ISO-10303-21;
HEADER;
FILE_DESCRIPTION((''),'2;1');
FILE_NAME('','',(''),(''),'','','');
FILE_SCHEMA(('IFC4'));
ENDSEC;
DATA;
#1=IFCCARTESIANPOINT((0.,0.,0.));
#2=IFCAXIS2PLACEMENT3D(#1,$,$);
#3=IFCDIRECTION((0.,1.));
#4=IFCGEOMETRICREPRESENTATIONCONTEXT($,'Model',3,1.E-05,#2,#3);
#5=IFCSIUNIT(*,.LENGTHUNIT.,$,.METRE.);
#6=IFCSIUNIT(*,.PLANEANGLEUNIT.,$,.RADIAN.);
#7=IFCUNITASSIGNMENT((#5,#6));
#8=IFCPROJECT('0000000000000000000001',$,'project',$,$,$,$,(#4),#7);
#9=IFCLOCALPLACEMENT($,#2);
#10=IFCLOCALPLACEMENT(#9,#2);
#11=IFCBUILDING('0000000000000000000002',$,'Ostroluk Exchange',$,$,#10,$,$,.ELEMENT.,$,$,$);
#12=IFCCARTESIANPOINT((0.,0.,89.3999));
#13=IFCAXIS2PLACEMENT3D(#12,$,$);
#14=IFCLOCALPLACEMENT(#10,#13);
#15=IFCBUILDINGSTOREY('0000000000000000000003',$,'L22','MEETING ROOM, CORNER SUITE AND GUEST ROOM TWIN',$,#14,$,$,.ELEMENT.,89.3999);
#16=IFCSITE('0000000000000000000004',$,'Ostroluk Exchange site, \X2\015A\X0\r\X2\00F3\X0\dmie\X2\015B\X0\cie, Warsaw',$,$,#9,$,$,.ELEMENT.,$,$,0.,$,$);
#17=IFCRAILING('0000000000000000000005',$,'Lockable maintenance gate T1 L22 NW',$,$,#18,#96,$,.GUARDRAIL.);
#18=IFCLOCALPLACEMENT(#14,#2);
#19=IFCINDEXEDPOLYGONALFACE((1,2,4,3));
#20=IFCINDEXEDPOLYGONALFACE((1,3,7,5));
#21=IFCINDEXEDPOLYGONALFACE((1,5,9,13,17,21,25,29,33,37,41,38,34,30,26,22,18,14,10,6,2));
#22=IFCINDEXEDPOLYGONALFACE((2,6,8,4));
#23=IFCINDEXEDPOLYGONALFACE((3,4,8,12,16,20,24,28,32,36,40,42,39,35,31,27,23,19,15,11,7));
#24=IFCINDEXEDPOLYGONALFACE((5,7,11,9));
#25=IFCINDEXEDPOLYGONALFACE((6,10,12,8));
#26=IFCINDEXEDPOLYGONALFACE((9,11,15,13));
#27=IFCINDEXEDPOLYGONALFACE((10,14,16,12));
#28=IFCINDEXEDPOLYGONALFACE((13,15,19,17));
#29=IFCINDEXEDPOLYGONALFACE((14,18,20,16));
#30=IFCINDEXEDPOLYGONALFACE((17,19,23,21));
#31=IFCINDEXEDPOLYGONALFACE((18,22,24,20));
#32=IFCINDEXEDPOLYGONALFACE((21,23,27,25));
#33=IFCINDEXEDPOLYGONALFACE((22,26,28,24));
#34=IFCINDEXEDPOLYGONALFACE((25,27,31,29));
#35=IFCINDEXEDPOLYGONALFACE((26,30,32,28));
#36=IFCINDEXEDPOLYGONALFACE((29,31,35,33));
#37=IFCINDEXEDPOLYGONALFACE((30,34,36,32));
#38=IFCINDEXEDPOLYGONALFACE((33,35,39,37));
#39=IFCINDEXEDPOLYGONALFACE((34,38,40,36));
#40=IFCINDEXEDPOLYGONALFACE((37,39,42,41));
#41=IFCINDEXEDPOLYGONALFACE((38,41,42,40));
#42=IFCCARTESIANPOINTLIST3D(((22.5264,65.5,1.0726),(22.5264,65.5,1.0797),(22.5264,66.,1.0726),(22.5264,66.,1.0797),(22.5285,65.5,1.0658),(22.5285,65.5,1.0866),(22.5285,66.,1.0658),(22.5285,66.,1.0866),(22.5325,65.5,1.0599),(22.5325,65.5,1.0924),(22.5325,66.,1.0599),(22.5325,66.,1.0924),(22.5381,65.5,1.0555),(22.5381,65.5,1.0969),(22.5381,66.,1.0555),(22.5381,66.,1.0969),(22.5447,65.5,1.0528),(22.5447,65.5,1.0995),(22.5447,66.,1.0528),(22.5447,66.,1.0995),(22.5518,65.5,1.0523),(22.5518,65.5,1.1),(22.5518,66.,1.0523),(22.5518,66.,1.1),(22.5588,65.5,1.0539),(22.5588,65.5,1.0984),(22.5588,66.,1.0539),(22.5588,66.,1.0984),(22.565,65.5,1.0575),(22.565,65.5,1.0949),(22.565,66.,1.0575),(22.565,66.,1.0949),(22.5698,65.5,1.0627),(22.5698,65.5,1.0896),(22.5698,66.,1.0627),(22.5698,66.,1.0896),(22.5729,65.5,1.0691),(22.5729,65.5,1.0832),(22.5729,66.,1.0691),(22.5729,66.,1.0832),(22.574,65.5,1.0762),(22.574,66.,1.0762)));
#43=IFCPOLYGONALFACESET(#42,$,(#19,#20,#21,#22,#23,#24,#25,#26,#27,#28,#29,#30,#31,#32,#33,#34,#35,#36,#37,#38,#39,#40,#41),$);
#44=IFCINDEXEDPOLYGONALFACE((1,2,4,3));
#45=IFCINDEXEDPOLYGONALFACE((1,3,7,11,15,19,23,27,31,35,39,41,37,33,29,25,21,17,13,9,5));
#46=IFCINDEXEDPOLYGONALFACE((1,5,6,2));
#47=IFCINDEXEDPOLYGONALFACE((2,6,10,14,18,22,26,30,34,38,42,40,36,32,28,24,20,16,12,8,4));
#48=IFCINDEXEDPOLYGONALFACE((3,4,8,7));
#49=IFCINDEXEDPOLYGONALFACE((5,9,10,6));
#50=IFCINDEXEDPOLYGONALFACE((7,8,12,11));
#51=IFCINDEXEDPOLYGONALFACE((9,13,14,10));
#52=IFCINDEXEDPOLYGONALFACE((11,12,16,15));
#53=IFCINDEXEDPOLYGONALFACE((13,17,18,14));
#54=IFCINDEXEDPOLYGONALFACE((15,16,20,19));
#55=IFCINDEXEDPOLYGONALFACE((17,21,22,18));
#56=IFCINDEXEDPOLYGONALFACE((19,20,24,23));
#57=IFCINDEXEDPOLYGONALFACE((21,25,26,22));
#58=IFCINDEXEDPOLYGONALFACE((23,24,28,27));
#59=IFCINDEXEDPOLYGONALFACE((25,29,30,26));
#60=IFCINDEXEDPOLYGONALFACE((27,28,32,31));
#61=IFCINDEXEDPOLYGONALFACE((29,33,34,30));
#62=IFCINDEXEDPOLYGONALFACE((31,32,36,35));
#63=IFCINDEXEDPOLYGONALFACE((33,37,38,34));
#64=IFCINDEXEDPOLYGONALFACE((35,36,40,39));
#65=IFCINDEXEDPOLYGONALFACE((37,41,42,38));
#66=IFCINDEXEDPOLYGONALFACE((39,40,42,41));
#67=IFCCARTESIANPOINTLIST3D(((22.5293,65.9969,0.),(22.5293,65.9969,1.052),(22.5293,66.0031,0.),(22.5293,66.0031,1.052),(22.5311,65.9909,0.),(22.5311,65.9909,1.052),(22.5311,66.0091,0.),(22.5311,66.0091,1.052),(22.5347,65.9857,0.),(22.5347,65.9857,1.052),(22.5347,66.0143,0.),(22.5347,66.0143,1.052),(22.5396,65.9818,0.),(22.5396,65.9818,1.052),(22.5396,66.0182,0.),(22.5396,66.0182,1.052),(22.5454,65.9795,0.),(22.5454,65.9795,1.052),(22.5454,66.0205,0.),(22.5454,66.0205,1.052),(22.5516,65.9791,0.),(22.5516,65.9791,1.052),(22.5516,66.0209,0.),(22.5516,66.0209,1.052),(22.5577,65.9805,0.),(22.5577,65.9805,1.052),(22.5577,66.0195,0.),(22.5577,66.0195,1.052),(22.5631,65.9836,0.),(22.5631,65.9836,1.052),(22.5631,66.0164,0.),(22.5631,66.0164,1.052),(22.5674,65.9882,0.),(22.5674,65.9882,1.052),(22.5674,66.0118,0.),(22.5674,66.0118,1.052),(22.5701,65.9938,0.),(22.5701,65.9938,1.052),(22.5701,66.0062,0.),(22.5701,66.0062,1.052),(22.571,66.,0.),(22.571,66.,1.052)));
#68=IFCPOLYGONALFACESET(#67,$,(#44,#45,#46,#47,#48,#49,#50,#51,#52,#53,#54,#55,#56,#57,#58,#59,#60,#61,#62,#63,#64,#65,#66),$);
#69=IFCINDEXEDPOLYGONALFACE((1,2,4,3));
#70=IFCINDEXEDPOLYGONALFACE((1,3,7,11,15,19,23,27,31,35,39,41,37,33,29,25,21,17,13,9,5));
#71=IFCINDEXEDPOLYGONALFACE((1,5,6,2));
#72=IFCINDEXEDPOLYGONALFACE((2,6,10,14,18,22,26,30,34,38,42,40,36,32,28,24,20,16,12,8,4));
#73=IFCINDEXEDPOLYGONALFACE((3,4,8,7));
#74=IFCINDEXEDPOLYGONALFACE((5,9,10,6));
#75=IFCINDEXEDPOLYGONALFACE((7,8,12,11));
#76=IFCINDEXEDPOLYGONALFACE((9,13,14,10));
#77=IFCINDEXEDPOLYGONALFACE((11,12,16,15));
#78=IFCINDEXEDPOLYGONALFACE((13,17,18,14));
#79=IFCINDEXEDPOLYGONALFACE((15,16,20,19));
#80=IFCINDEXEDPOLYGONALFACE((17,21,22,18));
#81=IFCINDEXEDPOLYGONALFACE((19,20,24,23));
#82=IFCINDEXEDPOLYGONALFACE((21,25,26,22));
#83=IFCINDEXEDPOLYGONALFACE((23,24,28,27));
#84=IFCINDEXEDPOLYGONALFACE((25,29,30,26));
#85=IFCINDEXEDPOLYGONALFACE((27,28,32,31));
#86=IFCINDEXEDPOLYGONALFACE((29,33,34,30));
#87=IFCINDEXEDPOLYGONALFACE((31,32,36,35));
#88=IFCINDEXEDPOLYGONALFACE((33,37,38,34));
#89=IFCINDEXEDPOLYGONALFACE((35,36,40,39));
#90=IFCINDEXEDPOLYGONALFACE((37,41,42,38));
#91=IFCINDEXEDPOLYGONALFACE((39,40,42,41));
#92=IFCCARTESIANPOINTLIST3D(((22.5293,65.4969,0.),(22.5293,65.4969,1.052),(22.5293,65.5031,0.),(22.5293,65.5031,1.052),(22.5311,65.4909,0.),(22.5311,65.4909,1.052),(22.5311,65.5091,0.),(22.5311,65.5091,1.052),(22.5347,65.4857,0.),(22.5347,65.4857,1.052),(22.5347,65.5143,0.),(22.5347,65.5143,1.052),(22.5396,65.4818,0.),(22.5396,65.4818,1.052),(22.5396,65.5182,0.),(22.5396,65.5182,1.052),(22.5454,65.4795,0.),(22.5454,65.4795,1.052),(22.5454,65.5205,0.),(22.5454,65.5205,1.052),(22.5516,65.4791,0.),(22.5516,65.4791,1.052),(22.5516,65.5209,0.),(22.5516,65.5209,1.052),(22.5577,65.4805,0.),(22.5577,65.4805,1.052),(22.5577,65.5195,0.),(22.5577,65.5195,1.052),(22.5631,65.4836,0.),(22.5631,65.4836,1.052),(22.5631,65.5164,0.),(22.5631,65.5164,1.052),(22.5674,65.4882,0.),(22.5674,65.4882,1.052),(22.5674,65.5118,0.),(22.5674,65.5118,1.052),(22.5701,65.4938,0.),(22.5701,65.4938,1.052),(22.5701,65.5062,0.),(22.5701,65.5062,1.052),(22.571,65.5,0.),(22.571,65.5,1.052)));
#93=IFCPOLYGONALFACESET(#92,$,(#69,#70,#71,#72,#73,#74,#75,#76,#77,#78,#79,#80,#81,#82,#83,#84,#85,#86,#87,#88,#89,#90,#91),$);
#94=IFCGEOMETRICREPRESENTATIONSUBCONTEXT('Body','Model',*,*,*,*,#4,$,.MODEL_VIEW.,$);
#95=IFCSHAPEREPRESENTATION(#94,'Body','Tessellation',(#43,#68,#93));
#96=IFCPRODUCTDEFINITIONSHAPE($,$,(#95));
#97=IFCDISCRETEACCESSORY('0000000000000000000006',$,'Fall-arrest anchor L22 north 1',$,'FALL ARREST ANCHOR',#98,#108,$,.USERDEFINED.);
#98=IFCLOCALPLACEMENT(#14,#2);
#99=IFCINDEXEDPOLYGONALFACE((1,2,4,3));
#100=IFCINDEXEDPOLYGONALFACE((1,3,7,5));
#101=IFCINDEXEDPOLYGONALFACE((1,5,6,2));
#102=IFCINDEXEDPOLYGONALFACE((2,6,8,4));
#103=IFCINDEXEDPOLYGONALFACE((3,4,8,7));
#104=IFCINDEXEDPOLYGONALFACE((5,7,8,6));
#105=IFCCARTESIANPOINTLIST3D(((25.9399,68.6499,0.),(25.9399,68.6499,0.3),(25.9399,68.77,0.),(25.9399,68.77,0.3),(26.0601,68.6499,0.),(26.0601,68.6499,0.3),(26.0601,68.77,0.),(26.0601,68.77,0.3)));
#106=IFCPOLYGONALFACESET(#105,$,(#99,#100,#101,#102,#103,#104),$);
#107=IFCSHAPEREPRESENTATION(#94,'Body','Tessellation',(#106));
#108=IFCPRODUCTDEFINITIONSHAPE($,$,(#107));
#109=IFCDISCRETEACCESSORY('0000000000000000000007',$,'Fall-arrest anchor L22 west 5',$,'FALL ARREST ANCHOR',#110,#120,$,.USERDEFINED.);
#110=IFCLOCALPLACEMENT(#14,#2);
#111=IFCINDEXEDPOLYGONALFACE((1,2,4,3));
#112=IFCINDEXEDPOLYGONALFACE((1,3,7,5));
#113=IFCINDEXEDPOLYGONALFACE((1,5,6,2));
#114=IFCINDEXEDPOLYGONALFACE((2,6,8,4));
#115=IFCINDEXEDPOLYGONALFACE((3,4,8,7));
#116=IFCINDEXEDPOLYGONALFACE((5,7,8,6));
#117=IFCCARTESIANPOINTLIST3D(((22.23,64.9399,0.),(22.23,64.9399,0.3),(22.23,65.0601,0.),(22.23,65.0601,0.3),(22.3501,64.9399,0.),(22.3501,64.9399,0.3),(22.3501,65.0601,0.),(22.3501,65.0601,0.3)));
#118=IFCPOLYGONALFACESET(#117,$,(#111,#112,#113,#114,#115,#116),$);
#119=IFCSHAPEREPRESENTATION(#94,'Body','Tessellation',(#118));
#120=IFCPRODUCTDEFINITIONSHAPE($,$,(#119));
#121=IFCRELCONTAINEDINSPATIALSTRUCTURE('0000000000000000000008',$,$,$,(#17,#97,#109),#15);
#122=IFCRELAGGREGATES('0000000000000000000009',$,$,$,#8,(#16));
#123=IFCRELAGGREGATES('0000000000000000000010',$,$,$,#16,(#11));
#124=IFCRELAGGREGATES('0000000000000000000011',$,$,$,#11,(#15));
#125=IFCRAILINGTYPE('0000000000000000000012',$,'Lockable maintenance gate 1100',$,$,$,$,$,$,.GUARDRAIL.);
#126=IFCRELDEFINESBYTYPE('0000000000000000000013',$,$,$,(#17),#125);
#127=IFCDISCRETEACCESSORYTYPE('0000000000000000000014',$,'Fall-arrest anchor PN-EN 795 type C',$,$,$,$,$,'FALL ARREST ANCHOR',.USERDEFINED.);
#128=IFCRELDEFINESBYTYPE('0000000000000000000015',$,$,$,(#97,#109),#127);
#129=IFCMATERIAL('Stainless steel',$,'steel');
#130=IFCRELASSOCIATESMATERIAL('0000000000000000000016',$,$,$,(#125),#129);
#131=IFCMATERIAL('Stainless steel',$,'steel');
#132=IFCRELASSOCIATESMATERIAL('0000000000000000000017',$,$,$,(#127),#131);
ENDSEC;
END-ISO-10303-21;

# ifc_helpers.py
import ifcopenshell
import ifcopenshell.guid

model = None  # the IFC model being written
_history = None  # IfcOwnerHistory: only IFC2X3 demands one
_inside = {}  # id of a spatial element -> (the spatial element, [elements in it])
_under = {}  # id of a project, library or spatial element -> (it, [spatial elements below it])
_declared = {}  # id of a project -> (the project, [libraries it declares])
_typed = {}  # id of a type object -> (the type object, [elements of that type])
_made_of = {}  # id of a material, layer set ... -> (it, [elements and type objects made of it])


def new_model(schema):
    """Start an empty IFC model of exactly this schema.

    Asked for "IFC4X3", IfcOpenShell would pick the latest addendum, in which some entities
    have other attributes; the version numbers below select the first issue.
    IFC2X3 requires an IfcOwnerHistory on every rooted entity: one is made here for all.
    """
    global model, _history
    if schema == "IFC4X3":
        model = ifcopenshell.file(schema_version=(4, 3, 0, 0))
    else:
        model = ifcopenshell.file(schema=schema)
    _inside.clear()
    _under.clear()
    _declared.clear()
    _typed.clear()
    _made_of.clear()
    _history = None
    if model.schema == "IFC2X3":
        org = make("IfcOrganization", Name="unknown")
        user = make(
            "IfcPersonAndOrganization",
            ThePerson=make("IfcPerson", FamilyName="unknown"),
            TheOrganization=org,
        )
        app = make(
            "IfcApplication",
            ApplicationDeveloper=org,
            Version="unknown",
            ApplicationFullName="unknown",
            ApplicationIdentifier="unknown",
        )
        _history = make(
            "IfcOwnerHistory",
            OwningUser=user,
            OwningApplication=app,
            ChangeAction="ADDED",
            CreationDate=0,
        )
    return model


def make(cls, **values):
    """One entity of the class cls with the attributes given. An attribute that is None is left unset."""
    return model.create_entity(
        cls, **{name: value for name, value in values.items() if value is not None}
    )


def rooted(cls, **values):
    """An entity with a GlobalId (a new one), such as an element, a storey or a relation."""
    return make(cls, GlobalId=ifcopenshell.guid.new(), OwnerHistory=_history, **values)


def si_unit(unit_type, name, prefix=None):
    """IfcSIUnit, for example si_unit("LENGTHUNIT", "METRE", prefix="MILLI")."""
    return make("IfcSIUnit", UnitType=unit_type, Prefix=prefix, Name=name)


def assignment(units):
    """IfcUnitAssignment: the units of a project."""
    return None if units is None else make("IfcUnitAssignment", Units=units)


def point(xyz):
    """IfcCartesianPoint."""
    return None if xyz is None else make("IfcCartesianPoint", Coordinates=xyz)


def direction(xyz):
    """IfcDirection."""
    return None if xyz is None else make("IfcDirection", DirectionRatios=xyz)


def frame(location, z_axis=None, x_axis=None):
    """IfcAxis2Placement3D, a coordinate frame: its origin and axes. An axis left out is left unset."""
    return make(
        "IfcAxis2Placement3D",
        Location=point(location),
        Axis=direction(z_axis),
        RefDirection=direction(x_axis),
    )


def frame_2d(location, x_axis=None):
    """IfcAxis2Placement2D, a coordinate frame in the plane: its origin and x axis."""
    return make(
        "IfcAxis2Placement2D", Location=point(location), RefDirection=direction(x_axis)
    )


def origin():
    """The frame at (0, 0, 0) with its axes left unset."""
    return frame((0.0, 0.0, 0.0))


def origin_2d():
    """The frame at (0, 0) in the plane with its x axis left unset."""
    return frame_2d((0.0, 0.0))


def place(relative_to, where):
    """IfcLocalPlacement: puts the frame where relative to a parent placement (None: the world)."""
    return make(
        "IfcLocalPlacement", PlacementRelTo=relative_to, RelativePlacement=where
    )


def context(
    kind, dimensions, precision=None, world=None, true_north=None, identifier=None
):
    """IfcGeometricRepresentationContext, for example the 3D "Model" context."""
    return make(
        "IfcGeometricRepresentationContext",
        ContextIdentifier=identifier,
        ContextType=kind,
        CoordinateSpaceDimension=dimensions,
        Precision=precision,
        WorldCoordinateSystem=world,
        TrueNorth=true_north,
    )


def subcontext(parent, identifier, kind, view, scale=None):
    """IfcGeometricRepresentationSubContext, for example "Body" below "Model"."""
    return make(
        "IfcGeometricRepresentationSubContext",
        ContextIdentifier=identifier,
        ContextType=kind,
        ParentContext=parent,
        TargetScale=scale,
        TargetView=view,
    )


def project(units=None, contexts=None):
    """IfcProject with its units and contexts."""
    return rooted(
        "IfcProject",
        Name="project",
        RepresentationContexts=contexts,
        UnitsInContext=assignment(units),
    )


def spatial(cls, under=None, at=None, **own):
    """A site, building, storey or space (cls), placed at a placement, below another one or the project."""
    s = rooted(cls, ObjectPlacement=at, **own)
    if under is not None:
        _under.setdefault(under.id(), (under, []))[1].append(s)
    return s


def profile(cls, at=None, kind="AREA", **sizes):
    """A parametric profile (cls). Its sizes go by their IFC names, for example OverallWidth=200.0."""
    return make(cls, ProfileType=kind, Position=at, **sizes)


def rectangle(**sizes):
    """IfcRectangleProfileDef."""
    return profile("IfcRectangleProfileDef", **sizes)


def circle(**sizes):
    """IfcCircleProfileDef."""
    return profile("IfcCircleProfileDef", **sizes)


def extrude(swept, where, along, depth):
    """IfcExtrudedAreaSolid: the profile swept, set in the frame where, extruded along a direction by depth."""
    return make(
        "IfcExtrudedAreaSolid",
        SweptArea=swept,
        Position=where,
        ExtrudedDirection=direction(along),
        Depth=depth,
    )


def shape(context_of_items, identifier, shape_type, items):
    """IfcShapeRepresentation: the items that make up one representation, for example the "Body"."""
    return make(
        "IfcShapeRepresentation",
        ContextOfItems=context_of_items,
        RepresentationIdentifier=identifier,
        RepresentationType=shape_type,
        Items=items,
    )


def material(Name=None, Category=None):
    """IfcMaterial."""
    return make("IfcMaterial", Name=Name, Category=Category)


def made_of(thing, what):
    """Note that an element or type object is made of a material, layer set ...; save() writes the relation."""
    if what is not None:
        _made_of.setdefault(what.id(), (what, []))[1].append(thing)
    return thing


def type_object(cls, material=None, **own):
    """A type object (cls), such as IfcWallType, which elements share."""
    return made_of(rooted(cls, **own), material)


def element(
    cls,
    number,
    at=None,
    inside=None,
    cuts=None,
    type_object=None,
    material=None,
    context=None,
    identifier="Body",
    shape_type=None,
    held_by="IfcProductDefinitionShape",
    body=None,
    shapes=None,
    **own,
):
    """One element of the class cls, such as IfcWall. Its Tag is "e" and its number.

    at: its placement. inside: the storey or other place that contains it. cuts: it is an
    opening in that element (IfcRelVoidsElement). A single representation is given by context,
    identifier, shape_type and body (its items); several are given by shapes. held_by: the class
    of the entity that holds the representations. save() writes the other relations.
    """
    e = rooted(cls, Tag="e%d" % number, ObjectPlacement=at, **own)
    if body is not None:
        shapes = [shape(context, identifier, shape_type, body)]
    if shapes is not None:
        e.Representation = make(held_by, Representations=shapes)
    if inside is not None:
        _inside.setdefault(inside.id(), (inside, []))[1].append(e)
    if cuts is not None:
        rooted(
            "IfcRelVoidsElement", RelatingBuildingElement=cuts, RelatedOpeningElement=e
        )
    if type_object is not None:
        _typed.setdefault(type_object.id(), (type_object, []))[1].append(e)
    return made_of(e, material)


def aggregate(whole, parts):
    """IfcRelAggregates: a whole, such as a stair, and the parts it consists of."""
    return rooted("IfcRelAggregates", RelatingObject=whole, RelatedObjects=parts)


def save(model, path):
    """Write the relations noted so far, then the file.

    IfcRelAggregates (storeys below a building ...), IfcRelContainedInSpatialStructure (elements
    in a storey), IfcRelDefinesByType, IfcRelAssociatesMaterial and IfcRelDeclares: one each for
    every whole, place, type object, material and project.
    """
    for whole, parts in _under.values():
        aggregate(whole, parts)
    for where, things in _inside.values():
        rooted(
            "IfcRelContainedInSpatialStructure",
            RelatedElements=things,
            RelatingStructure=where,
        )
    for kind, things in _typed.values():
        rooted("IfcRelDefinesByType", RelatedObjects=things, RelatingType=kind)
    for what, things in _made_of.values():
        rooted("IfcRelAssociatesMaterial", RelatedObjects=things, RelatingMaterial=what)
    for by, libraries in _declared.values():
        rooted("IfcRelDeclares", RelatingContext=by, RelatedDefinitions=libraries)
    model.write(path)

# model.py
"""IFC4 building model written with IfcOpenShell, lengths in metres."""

from ifc_helpers import new_model, si_unit, direction, frame, origin, origin_2d, place, context, subcontext, project, spatial, rectangle, circle, extrude, material, type_object, element, save


model = new_model("IFC4")

# Units and contexts
model_context = context("Model", 3, precision=1e-05, world=origin(), true_north=direction((0.0, 1.0)))
body_context = subcontext(model_context, "Body", "Model", "MODEL_VIEW")
ifc_project = project(units=[si_unit("LENGTHUNIT", "METRE"), si_unit("PLANEANGLEUNIT", "RADIAN")], contexts=[model_context])

# Site, building, storey
site_placement = place(None, origin())
site = spatial("IfcSite", under=ifc_project, at=site_placement, Name="Ostroluk Exchange site, Śródmieście, Warsaw", CompositionType="ELEMENT", RefElevation=0.0)
building_placement = place(site_placement, origin())
building = spatial("IfcBuilding", under=site, at=building_placement, Name="Ostroluk Exchange", CompositionType="ELEMENT")
storey_placement = place(building_placement, frame((0.0, 0.0, 89.3999)))
storey = spatial("IfcBuildingStorey", under=building, at=storey_placement, Name="L22", Description="MEETING ROOM, CORNER SUITE AND GUEST ROOM TWIN", CompositionType="ELEMENT", Elevation=89.3999)

# Railing
ifc_material_1 = material(Name="Stainless steel", Category="steel")
railing_type_1 = type_object("IfcRailingType", Name="Lockable maintenance gate 1100", PredefinedType="GUARDRAIL", material=ifc_material_1)
railing_1_placement = place(storey_placement, frame((22.55, 66.0, 0.0)))
element("IfcRailing", 1, at=railing_1_placement, inside=storey, type_object=railing_type_1, Name="Lockable maintenance gate T1 L22 NW", PredefinedType="GUARDRAIL", context=body_context, shape_type="SweptSolid", body=[
    extrude(circle(Radius=0.0239, at=origin_2d()), frame((0.0, 0.0, 1.0762), z_axis=(0.0, -1.0, 0.0), x_axis=(1.0, 0.0, 0.0)), (0.0, 0.0, 1.0), 0.5),
    extrude(circle(Radius=0.021, at=origin_2d()), origin(), (0.0, 0.0, 1.0), 1.052),
    extrude(circle(Radius=0.021, at=origin_2d()), frame((0.0, -0.5, 0.0)), (0.0, 0.0, 1.0), 1.052),
])

# Discrete accessories
ifc_material_2 = material(Name="Stainless steel", Category="steel")
discrete_accessory_type = type_object("IfcDiscreteAccessoryType", Name="Fall-arrest anchor PN-EN 795 type C", ElementType="FALL ARREST ANCHOR", PredefinedType="USERDEFINED", material=ifc_material_2)
for number, where, z_axis, x_axis, name in (
    (2, (26.0, 68.71, 0.0), (0.0, 0.0, 1.0), (1.0, 0.0, 0.0), "Fall-arrest anchor L22 north 1"),
    (3, (22.29, 65.0, 0.0), (0.0, 0.0, 1.0), (1.0, 0.0, 0.0), "Fall-arrest anchor L22 west 5"),
):
    element("IfcDiscreteAccessory", number, at=place(storey_placement, frame(where, z_axis=z_axis, x_axis=x_axis)), inside=storey, type_object=discrete_accessory_type, Name=name, ObjectType="FALL ARREST ANCHOR", PredefinedType="USERDEFINED", context=body_context, shape_type="SweptSolid", body=[
        extrude(rectangle(XDim=0.1201, YDim=0.1201, at=origin_2d()), origin(), (0.0, 0.0, 1.0), 0.3),
    ])

save(model, "model.ifc")
